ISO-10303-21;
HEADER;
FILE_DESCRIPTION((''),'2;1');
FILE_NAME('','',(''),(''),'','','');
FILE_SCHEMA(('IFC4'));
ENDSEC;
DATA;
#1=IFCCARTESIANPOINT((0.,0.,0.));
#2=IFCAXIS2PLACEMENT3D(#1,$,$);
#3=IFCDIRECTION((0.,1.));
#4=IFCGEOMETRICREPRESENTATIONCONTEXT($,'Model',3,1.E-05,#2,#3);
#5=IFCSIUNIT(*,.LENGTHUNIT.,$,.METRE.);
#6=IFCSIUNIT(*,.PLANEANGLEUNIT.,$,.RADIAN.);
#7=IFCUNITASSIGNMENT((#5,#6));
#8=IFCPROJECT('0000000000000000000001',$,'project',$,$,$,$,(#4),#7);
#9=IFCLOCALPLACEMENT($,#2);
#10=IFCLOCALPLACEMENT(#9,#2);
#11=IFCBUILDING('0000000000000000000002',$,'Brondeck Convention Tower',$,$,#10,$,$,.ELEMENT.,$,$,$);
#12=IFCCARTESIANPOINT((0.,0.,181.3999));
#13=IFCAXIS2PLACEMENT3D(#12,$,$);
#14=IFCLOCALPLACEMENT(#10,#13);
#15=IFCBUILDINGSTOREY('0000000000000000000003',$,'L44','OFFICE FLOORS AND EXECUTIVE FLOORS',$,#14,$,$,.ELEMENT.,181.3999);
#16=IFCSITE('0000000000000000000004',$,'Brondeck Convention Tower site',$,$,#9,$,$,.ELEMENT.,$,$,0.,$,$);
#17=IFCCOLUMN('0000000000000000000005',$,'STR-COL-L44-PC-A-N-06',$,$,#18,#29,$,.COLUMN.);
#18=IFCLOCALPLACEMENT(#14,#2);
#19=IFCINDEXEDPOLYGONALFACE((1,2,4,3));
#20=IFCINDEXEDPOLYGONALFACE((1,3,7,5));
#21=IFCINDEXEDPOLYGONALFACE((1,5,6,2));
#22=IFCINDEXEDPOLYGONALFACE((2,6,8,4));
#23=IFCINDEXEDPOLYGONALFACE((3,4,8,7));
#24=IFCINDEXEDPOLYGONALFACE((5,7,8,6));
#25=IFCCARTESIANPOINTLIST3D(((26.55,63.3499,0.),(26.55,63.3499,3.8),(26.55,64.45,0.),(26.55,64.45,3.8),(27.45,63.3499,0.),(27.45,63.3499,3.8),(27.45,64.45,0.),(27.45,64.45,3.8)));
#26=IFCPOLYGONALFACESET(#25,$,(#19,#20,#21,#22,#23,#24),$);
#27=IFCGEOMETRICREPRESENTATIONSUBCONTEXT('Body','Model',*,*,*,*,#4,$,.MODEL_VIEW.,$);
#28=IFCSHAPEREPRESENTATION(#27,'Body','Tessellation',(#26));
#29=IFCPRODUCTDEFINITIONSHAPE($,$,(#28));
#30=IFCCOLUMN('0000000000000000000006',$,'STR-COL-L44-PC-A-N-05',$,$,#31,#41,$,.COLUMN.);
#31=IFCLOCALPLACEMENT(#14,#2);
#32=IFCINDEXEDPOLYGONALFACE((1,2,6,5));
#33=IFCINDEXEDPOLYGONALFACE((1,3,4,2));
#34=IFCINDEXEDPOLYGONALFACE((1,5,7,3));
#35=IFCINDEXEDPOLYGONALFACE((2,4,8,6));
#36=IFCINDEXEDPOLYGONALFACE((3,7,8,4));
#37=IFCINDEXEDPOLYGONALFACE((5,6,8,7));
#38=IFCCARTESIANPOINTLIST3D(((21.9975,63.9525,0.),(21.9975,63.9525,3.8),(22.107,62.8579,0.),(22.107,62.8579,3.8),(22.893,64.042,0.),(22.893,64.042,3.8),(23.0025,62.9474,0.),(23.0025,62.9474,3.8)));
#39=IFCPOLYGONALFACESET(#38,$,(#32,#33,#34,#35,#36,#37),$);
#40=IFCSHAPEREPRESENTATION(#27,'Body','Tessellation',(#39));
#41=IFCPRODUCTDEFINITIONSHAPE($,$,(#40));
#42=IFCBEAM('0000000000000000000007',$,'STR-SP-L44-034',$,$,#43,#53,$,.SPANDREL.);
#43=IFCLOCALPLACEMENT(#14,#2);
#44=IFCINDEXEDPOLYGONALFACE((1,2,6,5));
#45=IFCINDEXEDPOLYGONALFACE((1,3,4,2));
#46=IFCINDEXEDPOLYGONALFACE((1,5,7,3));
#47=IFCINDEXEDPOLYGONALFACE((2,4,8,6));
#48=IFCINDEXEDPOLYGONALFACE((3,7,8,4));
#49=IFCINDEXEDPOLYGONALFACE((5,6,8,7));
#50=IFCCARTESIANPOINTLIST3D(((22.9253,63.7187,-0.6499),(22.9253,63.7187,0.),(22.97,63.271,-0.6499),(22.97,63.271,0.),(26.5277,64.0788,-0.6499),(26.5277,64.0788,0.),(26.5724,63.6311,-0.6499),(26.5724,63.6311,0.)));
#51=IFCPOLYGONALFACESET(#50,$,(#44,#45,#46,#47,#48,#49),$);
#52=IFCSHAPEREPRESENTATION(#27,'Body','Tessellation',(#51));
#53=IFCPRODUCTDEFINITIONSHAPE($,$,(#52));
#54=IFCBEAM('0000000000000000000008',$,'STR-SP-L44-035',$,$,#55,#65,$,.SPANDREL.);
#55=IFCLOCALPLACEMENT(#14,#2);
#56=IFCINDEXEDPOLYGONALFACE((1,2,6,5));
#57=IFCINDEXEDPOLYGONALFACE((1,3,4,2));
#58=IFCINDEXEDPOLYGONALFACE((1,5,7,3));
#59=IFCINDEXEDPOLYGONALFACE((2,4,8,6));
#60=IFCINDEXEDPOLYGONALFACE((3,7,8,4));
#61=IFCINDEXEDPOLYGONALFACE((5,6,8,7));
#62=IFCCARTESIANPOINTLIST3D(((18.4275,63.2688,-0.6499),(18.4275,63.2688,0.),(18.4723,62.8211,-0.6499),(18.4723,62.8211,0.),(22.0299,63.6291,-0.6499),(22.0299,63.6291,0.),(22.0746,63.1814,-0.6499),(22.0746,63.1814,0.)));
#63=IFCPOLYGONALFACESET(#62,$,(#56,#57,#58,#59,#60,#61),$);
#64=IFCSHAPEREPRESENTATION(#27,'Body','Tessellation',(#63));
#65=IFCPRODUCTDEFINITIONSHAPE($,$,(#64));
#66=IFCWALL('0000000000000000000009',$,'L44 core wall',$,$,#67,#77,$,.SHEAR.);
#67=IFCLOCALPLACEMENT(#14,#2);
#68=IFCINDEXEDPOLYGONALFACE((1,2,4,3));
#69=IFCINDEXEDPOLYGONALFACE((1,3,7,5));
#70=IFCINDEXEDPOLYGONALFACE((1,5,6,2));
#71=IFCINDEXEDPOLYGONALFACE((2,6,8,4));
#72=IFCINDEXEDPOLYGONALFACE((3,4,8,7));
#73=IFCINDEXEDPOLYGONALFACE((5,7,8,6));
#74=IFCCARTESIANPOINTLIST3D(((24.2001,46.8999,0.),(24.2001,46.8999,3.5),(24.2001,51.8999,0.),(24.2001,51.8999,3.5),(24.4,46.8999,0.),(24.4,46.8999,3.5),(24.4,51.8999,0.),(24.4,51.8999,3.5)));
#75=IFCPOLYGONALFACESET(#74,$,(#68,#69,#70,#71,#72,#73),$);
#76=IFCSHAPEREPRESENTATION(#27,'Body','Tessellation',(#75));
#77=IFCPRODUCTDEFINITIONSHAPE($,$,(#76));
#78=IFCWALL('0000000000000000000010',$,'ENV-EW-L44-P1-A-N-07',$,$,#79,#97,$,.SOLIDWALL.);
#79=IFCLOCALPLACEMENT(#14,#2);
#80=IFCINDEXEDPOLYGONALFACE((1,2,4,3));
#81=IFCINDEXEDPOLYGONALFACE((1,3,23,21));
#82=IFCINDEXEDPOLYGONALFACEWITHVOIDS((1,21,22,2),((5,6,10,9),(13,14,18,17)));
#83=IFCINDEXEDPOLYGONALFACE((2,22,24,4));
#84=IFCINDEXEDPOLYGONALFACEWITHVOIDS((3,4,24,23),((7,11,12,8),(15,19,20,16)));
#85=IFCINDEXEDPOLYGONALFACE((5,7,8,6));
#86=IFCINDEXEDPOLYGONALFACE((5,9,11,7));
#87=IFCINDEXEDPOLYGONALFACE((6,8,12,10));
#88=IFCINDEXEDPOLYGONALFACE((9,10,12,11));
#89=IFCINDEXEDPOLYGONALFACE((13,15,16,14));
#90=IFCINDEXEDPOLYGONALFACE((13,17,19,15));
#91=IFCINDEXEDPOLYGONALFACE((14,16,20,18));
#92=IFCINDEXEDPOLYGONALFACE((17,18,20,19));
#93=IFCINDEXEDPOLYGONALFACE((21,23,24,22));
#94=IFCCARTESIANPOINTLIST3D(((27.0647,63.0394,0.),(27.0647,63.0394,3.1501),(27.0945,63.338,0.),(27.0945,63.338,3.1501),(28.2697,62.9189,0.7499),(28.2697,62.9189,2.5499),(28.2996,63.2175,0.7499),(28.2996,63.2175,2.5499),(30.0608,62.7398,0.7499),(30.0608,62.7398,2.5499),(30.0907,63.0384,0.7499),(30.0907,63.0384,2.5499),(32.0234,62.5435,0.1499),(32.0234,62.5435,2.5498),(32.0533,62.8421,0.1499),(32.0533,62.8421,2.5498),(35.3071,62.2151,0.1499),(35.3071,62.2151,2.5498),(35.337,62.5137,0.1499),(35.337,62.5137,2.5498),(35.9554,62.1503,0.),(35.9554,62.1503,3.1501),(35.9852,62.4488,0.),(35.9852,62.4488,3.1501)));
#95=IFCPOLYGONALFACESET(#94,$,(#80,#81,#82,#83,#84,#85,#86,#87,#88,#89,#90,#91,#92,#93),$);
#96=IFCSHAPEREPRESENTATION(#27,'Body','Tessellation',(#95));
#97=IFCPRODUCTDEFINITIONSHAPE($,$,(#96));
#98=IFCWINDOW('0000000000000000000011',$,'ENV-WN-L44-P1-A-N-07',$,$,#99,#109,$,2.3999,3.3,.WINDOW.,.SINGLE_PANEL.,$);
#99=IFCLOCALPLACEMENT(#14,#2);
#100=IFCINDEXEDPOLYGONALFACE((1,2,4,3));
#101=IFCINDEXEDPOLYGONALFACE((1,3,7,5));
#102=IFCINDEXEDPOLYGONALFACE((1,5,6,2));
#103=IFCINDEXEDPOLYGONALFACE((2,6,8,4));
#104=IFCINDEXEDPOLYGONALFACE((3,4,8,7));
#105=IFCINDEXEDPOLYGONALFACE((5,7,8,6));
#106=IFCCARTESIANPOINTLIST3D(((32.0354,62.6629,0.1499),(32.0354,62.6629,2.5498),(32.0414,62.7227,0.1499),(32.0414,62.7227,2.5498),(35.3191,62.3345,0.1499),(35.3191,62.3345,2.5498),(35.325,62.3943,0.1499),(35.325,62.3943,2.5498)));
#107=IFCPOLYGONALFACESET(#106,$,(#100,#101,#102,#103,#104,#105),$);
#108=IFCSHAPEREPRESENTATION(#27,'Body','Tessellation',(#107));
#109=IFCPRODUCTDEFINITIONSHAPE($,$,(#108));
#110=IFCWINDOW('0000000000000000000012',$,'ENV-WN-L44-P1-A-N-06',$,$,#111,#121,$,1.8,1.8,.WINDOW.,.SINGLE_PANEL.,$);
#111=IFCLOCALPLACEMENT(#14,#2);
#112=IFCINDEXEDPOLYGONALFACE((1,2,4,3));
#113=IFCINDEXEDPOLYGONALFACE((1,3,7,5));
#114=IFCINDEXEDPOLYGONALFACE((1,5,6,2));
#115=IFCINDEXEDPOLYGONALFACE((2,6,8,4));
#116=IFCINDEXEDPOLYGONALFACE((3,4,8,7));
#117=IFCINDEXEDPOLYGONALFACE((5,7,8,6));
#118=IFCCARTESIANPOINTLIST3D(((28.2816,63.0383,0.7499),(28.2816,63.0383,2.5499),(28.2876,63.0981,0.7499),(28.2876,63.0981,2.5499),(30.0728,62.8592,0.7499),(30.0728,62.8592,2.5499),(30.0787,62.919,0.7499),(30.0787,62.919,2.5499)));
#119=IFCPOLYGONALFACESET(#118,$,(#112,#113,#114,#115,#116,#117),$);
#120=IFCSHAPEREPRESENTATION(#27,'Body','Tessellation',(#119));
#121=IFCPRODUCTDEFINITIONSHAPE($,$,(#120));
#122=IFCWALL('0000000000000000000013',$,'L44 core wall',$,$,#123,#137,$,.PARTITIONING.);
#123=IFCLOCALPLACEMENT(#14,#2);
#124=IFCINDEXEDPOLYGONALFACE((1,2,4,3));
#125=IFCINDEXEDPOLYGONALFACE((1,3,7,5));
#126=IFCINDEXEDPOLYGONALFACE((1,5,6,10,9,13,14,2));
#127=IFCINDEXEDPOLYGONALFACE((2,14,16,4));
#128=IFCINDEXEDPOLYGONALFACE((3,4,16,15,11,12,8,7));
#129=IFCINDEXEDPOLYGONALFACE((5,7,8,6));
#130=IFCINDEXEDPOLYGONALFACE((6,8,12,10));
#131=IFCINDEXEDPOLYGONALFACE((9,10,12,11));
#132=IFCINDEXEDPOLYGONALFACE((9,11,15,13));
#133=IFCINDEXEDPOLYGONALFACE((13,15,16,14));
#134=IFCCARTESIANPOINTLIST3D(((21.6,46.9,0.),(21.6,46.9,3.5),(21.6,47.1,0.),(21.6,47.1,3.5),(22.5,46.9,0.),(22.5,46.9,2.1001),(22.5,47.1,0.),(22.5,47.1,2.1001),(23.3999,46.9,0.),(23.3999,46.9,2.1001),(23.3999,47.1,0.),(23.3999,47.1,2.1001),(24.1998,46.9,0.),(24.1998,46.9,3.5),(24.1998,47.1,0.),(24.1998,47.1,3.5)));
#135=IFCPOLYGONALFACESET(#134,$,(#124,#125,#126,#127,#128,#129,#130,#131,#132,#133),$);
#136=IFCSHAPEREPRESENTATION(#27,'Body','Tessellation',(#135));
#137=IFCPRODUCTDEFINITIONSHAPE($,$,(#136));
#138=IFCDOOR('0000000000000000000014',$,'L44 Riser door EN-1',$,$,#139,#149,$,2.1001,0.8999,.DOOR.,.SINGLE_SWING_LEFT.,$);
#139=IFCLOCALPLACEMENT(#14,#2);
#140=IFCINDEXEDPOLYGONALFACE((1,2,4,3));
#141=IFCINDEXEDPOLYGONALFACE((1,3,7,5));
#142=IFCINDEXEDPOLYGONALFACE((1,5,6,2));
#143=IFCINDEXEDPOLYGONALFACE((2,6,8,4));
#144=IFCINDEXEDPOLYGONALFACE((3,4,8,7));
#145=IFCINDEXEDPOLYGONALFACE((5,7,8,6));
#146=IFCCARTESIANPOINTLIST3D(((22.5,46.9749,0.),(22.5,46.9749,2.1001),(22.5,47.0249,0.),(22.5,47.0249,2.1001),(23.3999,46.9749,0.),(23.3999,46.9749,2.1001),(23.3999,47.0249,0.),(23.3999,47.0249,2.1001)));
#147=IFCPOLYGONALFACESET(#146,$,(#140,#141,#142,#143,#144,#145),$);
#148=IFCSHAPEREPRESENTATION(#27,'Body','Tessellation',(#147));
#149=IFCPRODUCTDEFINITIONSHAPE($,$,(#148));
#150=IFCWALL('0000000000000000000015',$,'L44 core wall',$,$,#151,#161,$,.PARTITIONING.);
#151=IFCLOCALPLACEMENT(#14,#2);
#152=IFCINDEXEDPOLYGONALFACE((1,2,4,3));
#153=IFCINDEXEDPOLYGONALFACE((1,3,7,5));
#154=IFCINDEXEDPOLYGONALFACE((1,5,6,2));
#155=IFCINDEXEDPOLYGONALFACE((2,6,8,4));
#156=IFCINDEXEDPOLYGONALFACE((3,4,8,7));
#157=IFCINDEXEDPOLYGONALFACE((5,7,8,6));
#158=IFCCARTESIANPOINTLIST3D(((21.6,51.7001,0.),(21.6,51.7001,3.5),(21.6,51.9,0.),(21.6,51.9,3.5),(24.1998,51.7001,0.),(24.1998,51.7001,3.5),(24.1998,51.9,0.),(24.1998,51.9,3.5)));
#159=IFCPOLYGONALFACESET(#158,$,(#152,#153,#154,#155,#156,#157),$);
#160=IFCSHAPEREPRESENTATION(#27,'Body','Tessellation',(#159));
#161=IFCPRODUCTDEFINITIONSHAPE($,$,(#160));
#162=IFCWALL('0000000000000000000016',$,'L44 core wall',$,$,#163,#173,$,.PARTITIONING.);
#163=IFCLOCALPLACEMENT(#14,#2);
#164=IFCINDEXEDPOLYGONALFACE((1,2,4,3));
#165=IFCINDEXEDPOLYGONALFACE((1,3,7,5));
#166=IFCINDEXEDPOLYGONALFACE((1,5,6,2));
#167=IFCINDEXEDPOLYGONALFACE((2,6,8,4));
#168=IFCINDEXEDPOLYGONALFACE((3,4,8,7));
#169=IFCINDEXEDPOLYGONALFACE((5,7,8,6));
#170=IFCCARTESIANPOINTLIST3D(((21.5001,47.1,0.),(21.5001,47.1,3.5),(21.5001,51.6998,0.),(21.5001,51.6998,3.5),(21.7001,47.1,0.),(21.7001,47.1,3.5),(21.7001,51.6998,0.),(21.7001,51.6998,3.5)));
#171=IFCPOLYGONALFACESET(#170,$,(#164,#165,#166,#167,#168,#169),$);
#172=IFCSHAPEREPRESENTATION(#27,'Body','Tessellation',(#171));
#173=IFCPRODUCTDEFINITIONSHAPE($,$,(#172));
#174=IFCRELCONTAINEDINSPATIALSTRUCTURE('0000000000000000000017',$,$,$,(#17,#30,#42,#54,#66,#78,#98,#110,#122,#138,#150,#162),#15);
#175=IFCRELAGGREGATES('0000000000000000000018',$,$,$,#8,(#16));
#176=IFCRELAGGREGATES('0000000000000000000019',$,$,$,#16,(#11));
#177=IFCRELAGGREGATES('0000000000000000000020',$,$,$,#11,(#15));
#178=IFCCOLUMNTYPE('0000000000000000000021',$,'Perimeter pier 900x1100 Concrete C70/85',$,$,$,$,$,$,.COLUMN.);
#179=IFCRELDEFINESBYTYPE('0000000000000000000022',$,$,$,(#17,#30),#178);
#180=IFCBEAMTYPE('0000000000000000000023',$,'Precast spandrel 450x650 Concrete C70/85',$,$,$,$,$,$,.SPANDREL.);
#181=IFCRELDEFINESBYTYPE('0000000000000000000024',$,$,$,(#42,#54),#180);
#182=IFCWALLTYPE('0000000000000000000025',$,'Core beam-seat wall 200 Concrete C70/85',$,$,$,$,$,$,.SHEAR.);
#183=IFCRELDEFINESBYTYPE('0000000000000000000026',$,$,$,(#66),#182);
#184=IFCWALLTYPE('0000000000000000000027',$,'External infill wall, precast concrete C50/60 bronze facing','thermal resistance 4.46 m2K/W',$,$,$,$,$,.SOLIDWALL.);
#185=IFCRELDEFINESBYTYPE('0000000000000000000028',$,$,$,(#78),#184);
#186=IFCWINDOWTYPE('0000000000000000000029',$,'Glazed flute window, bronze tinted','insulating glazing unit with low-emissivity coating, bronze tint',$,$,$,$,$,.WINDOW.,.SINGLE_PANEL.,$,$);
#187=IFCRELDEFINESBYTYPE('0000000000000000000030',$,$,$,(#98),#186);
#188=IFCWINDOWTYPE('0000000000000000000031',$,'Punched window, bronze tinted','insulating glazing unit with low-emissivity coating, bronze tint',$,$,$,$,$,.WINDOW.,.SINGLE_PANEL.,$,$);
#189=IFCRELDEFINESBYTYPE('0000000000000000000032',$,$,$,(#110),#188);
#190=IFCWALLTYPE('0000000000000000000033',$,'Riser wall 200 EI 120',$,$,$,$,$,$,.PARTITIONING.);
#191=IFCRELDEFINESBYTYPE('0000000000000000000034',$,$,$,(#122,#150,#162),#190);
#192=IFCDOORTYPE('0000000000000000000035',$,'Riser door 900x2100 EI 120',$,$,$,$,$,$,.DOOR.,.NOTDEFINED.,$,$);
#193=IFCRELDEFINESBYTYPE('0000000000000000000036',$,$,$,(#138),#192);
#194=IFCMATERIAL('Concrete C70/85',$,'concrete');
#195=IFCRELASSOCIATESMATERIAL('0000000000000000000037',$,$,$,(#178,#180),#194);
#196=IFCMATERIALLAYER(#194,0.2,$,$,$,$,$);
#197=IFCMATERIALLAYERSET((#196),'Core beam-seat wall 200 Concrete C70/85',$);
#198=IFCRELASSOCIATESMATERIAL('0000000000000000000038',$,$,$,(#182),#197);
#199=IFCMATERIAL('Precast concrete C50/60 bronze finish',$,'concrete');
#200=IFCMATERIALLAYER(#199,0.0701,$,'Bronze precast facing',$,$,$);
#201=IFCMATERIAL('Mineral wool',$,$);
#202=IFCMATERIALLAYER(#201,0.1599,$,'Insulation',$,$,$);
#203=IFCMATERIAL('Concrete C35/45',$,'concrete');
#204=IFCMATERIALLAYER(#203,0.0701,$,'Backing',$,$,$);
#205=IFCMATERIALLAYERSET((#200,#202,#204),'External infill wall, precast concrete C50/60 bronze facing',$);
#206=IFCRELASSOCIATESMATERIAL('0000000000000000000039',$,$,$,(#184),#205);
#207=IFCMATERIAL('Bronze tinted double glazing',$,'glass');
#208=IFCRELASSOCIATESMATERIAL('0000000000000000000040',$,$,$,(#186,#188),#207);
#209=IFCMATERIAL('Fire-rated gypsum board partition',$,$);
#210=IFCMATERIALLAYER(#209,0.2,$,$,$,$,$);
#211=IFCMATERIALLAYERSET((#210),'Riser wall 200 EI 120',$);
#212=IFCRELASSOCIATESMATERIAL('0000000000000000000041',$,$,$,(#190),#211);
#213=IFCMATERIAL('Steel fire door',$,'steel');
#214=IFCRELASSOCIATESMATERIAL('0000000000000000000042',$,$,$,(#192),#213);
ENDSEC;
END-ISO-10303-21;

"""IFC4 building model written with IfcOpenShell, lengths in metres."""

from ifc_helpers import new_model, si_unit, direction, frame, frame_2d, origin, origin_2d, place, context, subcontext, project, spatial, rectangle, extrude, material, layer, layer_set, material_profile, profile_set, type_object, element, fill, save


model = new_model("IFC4")

# Units and contexts
model_context = context("Model", 3, precision=1e-05, world=origin(), true_north=direction((0.0, 1.0)))
body_context = subcontext(model_context, "Body", "Model", "MODEL_VIEW")
ifc_project = project(units=[si_unit("LENGTHUNIT", "METRE"), si_unit("PLANEANGLEUNIT", "RADIAN")], contexts=[model_context])

# Site, building, storey
site_placement = place(None, origin())
site = spatial("IfcSite", under=ifc_project, at=site_placement, Name="Brondeck Convention Tower site", CompositionType="ELEMENT", RefElevation=0.0)
building_placement = place(site_placement, origin())
building = spatial("IfcBuilding", under=site, at=building_placement, Name="Brondeck Convention Tower", CompositionType="ELEMENT")
storey_placement = place(building_placement, frame((0.0, 0.0, 181.3999)))
storey = spatial("IfcBuildingStorey", under=building, at=storey_placement, Name="L44", Description="OFFICE FLOORS AND EXECUTIVE FLOORS", CompositionType="ELEMENT", Elevation=181.3999)

# Columns
ifc_material_1 = material(Name="Concrete C70/85", Category="concrete")
ifc_material_profile_1 = material_profile(ifc_material_1, rectangle(XDim=0.8999, YDim=1.1001, at=origin_2d()), Name="Perimeter pier 900x1100 Concrete C70/85")
ifc_profile_set_1 = profile_set([ifc_material_profile_1], Name="Concrete C70/85")
column_type = type_object("IfcColumnType", Name="Perimeter pier 900x1100 Concrete C70/85", PredefinedType="COLUMN", material=ifc_profile_set_1)
for number, where, z_axis, x_axis, name in (
    (1, (27.0, 63.8999, 0.0), (0.0, 0.0, 1.0), (-1.0, 0.0, 0.0), "STR-COL-L44-PC-A-N-06"),
    (2, (22.5, 63.45, 0.0), (0.0, 0.0, 1.0), (-0.995037, -0.099504, 0.0), "STR-COL-L44-PC-A-N-05"),
):
    element("IfcColumn", number, at=place(storey_placement, frame(where, z_axis=z_axis, x_axis=x_axis)), inside=storey, type_object=column_type, Name=name, PredefinedType="COLUMN", context=body_context, shape_type="SweptSolid", body=[
        extrude(rectangle(XDim=0.8999, YDim=1.1001, at=origin_2d()), origin(), (0.0, 0.0, 1.0), 3.8),
    ])

# Beams
ifc_material_profile_2 = material_profile(ifc_material_1, rectangle(XDim=0.45, YDim=0.6499, at=origin_2d()), Name="Precast spandrel 450x650 Concrete C70/85")
ifc_profile_set_2 = profile_set([ifc_material_profile_2], Name="Concrete C70/85")
beam_type = type_object("IfcBeamType", Name="Precast spandrel 450x650 Concrete C70/85", PredefinedType="SPANDREL", material=ifc_profile_set_2)
for number, where, z_axis, x_axis, name in (
    (3, (26.55, 63.855, -0.325), (-0.995041, -0.09947, 0.0), (0.09947, -0.995041, 0.0), "STR-SP-L44-034"),
    (4, (22.0522, 63.4053, -0.325), (-0.995034, -0.099537, 0.0), (0.099537, -0.995034, 0.0), "STR-SP-L44-035"),
):
    element("IfcBeam", number, at=place(storey_placement, frame(where, z_axis=z_axis, x_axis=x_axis)), inside=storey, type_object=beam_type, Name=name, PredefinedType="SPANDREL", context=body_context, shape_type="SweptSolid", body=[
        extrude(rectangle(XDim=0.45, YDim=0.6499, at=origin_2d()), origin(), (0.0, 0.0, 1.0), 3.6204),
    ])

# Wall
ifc_layer_1 = layer(ifc_material_1, 0.2)
ifc_layer_set_1 = layer_set([ifc_layer_1], Name="Core beam-seat wall 200 Concrete C70/85")
wall_type_1 = type_object("IfcWallType", Name="Core beam-seat wall 200 Concrete C70/85", PredefinedType="SHEAR", material=ifc_layer_set_1)
wall_1_placement = place(storey_placement, frame((24.3, 46.8999, 0.0), z_axis=(0.0, 0.0, 1.0), x_axis=(0.0, 1.0, 0.0)))
element("IfcWall", 5, at=wall_1_placement, inside=storey, type_object=wall_type_1, Name="L44 core wall", PredefinedType="SHEAR", context=body_context, shape_type="SweptSolid", body=[
    extrude(rectangle(XDim=5.0, YDim=0.2, at=frame_2d((2.5, 0.0))), origin(), (0.0, 0.0, 1.0), 3.5),
])

# Wall, openings, windows
ifc_material_2 = material(Name="Precast concrete C50/60 bronze finish", Category="concrete")
ifc_layer_2 = layer(ifc_material_2, 0.0701, Name="Bronze precast facing")
ifc_material_3 = material(Name="Mineral wool")
ifc_layer_3 = layer(ifc_material_3, 0.1599, Name="Insulation")
ifc_material_4 = material(Name="Concrete C35/45", Category="concrete")
ifc_layer_4 = layer(ifc_material_4, 0.0701, Name="Backing")
ifc_layer_set_2 = layer_set([ifc_layer_2, ifc_layer_3, ifc_layer_4], Name="External infill wall, precast concrete C50/60 bronze facing")
wall_type_2 = type_object("IfcWallType", Name="External infill wall, precast concrete C50/60 bronze facing", Description="thermal resistance 4.46 m2K/W", PredefinedType="SOLIDWALL", material=ifc_layer_set_2)
wall_2_placement = place(storey_placement, frame((27.0796, 63.1887, 0.0), z_axis=(0.0, 0.0, 1.0), x_axis=(0.995036, -0.099515, 0.0)))
wall_2 = element("IfcWall", 6, at=wall_2_placement, inside=storey, type_object=wall_type_2, Name="ENV-EW-L44-P1-A-N-07", PredefinedType="SOLIDWALL", context=body_context, shape_type="SweptSolid", body=[
    extrude(rectangle(XDim=8.9351, YDim=0.3, at=frame_2d((4.4675, 0.0))), origin(), (0.0, 0.0, 1.0), 3.1501),
])
opening_1_placement = place(wall_2_placement, frame((1.2112, 0.0, 0.75)))
opening_1 = element("IfcOpeningElement", 7, at=opening_1_placement, cuts=wall_2, PredefinedType="OPENING", context=body_context, shape_type="SweptSolid", body=[
    extrude(rectangle(XDim=1.8, YDim=1.8, at=frame_2d((0.8999, 0.8999))), frame((0.0, 0.1599, 0.0), z_axis=(0.0, -1.0, 0.0), x_axis=(1.0, 0.0, 0.0)), (0.0, 0.0, 1.0), 0.3201),
])
opening_2_placement = place(wall_2_placement, frame((4.9836, 0.0, 0.1499)))
opening_2 = element("IfcOpeningElement", 8, at=opening_2_placement, cuts=wall_2, PredefinedType="OPENING", context=body_context, shape_type="SweptSolid", body=[
    extrude(rectangle(XDim=3.3, YDim=2.3999, at=frame_2d((1.6499, 1.2))), frame((0.0, 0.1599, 0.0), z_axis=(0.0, -1.0, 0.0), x_axis=(1.0, 0.0, 0.0)), (0.0, 0.0, 1.0), 0.3201),
])
ifc_material_5 = material(Name="Bronze tinted double glazing", Category="glass")
window_type_1 = type_object("IfcWindowType", Name="Glazed flute window, bronze tinted", Description="insulating glazing unit with low-emissivity coating, bronze tint", PartitioningType="SINGLE_PANEL", PredefinedType="WINDOW", material=ifc_material_5)
window_1_placement = place(opening_2_placement, origin())
window_1 = element("IfcWindow", 9, at=window_1_placement, inside=storey, type_object=window_type_1, Name="ENV-WN-L44-P1-A-N-07", OverallHeight=2.3999, OverallWidth=3.3, PartitioningType="SINGLE_PANEL", PredefinedType="WINDOW", context=body_context, shape_type="SweptSolid", body=[
    extrude(rectangle(XDim=3.3, YDim=2.3999, at=frame_2d((1.6499, 1.2))), frame((0.0, 0.03, 0.0), z_axis=(0.0, -1.0, 0.0), x_axis=(1.0, 0.0, 0.0)), (0.0, 0.0, 1.0), 0.0601),
])
fill(opening_2, window_1)
window_type_2 = type_object("IfcWindowType", Name="Punched window, bronze tinted", Description="insulating glazing unit with low-emissivity coating, bronze tint", PartitioningType="SINGLE_PANEL", PredefinedType="WINDOW", material=ifc_material_5)
window_2_placement = place(opening_1_placement, origin())
window_2 = element("IfcWindow", 10, at=window_2_placement, inside=storey, type_object=window_type_2, Name="ENV-WN-L44-P1-A-N-06", OverallHeight=1.8, OverallWidth=1.8, PartitioningType="SINGLE_PANEL", PredefinedType="WINDOW", context=body_context, shape_type="SweptSolid", body=[
    extrude(rectangle(XDim=1.8, YDim=1.8, at=frame_2d((0.8999, 0.8999))), frame((0.0, 0.03, 0.0), z_axis=(0.0, -1.0, 0.0), x_axis=(1.0, 0.0, 0.0)), (0.0, 0.0, 1.0), 0.0601),
])
fill(opening_1, window_2)

# Wall, opening, door
ifc_material_6 = material(Name="Fire-rated gypsum board partition")
ifc_layer_5 = layer(ifc_material_6, 0.2)
ifc_layer_set_3 = layer_set([ifc_layer_5], Name="Riser wall 200 EI 120")
wall_type_3 = type_object("IfcWallType", Name="Riser wall 200 EI 120", PredefinedType="PARTITIONING", material=ifc_layer_set_3)
wall_3_placement = place(storey_placement, frame((21.6001, 47.0, 0.0), z_axis=(0.0, 0.0, 1.0), x_axis=(1.0, 0.0, 0.0)))
wall_3 = element("IfcWall", 11, at=wall_3_placement, inside=storey, type_object=wall_type_3, Name="L44 core wall", PredefinedType="PARTITIONING", context=body_context, shape_type="SweptSolid", body=[
    extrude(rectangle(XDim=2.5999, YDim=0.2, at=frame_2d((1.2998, 0.0))), origin(), (0.0, 0.0, 1.0), 3.5),
])
opening_3_placement = place(wall_3_placement, frame((0.8999, 0.0, 0.0)))
opening_3 = element("IfcOpeningElement", 12, at=opening_3_placement, cuts=wall_3, PredefinedType="OPENING", context=body_context, shape_type="SweptSolid", body=[
    extrude(rectangle(XDim=0.8999, YDim=2.1001, at=frame_2d((0.45, 1.05))), frame((0.0, 0.1099, 0.0), z_axis=(0.0, -1.0, 0.0), x_axis=(1.0, 0.0, 0.0)), (0.0, 0.0, 1.0), 0.22),
])
ifc_material_7 = material(Name="Steel fire door", Category="steel")
door_type_1 = type_object("IfcDoorType", Name="Riser door 900x2100 EI 120", OperationType="NOTDEFINED", PredefinedType="DOOR", material=ifc_material_7)
door_1_placement = place(opening_3_placement, origin())
door_1 = element("IfcDoor", 13, at=door_1_placement, inside=storey, type_object=door_type_1, Name="L44 Riser door EN-1", OperationType="SINGLE_SWING_LEFT", OverallHeight=2.1001, OverallWidth=0.8999, PredefinedType="DOOR", context=body_context, shape_type="SweptSolid", body=[
    extrude(rectangle(XDim=0.8999, YDim=2.1001, at=frame_2d((0.45, 1.05))), frame((0.0, 0.0249, 0.0), z_axis=(0.0, -1.0, 0.0), x_axis=(1.0, 0.0, 0.0)), (0.0, 0.0, 1.0), 0.05),
])
fill(opening_3, door_1)

# Walls
wall_4_placement = place(storey_placement, frame((21.6001, 51.8, 0.0), z_axis=(0.0, 0.0, 1.0), x_axis=(1.0, 0.0, 0.0)))
element("IfcWall", 14, at=wall_4_placement, inside=storey, type_object=wall_type_3, Name="L44 core wall", PredefinedType="PARTITIONING", context=body_context, shape_type="SweptSolid", body=[
    extrude(rectangle(XDim=2.5999, YDim=0.2, at=frame_2d((1.2998, 0.0))), origin(), (0.0, 0.0, 1.0), 3.5),
])
wall_5_placement = place(storey_placement, frame((21.6001, 47.1001, 0.0), z_axis=(0.0, 0.0, 1.0), x_axis=(0.0, 1.0, 0.0)))
element("IfcWall", 15, at=wall_5_placement, inside=storey, type_object=wall_type_3, Name="L44 core wall", PredefinedType="PARTITIONING", context=body_context, shape_type="SweptSolid", body=[
    extrude(rectangle(XDim=4.5999, YDim=0.2, at=frame_2d((2.2998, 0.0))), origin(), (0.0, 0.0, 1.0), 3.5),
])

save(model, "model.ifc")
